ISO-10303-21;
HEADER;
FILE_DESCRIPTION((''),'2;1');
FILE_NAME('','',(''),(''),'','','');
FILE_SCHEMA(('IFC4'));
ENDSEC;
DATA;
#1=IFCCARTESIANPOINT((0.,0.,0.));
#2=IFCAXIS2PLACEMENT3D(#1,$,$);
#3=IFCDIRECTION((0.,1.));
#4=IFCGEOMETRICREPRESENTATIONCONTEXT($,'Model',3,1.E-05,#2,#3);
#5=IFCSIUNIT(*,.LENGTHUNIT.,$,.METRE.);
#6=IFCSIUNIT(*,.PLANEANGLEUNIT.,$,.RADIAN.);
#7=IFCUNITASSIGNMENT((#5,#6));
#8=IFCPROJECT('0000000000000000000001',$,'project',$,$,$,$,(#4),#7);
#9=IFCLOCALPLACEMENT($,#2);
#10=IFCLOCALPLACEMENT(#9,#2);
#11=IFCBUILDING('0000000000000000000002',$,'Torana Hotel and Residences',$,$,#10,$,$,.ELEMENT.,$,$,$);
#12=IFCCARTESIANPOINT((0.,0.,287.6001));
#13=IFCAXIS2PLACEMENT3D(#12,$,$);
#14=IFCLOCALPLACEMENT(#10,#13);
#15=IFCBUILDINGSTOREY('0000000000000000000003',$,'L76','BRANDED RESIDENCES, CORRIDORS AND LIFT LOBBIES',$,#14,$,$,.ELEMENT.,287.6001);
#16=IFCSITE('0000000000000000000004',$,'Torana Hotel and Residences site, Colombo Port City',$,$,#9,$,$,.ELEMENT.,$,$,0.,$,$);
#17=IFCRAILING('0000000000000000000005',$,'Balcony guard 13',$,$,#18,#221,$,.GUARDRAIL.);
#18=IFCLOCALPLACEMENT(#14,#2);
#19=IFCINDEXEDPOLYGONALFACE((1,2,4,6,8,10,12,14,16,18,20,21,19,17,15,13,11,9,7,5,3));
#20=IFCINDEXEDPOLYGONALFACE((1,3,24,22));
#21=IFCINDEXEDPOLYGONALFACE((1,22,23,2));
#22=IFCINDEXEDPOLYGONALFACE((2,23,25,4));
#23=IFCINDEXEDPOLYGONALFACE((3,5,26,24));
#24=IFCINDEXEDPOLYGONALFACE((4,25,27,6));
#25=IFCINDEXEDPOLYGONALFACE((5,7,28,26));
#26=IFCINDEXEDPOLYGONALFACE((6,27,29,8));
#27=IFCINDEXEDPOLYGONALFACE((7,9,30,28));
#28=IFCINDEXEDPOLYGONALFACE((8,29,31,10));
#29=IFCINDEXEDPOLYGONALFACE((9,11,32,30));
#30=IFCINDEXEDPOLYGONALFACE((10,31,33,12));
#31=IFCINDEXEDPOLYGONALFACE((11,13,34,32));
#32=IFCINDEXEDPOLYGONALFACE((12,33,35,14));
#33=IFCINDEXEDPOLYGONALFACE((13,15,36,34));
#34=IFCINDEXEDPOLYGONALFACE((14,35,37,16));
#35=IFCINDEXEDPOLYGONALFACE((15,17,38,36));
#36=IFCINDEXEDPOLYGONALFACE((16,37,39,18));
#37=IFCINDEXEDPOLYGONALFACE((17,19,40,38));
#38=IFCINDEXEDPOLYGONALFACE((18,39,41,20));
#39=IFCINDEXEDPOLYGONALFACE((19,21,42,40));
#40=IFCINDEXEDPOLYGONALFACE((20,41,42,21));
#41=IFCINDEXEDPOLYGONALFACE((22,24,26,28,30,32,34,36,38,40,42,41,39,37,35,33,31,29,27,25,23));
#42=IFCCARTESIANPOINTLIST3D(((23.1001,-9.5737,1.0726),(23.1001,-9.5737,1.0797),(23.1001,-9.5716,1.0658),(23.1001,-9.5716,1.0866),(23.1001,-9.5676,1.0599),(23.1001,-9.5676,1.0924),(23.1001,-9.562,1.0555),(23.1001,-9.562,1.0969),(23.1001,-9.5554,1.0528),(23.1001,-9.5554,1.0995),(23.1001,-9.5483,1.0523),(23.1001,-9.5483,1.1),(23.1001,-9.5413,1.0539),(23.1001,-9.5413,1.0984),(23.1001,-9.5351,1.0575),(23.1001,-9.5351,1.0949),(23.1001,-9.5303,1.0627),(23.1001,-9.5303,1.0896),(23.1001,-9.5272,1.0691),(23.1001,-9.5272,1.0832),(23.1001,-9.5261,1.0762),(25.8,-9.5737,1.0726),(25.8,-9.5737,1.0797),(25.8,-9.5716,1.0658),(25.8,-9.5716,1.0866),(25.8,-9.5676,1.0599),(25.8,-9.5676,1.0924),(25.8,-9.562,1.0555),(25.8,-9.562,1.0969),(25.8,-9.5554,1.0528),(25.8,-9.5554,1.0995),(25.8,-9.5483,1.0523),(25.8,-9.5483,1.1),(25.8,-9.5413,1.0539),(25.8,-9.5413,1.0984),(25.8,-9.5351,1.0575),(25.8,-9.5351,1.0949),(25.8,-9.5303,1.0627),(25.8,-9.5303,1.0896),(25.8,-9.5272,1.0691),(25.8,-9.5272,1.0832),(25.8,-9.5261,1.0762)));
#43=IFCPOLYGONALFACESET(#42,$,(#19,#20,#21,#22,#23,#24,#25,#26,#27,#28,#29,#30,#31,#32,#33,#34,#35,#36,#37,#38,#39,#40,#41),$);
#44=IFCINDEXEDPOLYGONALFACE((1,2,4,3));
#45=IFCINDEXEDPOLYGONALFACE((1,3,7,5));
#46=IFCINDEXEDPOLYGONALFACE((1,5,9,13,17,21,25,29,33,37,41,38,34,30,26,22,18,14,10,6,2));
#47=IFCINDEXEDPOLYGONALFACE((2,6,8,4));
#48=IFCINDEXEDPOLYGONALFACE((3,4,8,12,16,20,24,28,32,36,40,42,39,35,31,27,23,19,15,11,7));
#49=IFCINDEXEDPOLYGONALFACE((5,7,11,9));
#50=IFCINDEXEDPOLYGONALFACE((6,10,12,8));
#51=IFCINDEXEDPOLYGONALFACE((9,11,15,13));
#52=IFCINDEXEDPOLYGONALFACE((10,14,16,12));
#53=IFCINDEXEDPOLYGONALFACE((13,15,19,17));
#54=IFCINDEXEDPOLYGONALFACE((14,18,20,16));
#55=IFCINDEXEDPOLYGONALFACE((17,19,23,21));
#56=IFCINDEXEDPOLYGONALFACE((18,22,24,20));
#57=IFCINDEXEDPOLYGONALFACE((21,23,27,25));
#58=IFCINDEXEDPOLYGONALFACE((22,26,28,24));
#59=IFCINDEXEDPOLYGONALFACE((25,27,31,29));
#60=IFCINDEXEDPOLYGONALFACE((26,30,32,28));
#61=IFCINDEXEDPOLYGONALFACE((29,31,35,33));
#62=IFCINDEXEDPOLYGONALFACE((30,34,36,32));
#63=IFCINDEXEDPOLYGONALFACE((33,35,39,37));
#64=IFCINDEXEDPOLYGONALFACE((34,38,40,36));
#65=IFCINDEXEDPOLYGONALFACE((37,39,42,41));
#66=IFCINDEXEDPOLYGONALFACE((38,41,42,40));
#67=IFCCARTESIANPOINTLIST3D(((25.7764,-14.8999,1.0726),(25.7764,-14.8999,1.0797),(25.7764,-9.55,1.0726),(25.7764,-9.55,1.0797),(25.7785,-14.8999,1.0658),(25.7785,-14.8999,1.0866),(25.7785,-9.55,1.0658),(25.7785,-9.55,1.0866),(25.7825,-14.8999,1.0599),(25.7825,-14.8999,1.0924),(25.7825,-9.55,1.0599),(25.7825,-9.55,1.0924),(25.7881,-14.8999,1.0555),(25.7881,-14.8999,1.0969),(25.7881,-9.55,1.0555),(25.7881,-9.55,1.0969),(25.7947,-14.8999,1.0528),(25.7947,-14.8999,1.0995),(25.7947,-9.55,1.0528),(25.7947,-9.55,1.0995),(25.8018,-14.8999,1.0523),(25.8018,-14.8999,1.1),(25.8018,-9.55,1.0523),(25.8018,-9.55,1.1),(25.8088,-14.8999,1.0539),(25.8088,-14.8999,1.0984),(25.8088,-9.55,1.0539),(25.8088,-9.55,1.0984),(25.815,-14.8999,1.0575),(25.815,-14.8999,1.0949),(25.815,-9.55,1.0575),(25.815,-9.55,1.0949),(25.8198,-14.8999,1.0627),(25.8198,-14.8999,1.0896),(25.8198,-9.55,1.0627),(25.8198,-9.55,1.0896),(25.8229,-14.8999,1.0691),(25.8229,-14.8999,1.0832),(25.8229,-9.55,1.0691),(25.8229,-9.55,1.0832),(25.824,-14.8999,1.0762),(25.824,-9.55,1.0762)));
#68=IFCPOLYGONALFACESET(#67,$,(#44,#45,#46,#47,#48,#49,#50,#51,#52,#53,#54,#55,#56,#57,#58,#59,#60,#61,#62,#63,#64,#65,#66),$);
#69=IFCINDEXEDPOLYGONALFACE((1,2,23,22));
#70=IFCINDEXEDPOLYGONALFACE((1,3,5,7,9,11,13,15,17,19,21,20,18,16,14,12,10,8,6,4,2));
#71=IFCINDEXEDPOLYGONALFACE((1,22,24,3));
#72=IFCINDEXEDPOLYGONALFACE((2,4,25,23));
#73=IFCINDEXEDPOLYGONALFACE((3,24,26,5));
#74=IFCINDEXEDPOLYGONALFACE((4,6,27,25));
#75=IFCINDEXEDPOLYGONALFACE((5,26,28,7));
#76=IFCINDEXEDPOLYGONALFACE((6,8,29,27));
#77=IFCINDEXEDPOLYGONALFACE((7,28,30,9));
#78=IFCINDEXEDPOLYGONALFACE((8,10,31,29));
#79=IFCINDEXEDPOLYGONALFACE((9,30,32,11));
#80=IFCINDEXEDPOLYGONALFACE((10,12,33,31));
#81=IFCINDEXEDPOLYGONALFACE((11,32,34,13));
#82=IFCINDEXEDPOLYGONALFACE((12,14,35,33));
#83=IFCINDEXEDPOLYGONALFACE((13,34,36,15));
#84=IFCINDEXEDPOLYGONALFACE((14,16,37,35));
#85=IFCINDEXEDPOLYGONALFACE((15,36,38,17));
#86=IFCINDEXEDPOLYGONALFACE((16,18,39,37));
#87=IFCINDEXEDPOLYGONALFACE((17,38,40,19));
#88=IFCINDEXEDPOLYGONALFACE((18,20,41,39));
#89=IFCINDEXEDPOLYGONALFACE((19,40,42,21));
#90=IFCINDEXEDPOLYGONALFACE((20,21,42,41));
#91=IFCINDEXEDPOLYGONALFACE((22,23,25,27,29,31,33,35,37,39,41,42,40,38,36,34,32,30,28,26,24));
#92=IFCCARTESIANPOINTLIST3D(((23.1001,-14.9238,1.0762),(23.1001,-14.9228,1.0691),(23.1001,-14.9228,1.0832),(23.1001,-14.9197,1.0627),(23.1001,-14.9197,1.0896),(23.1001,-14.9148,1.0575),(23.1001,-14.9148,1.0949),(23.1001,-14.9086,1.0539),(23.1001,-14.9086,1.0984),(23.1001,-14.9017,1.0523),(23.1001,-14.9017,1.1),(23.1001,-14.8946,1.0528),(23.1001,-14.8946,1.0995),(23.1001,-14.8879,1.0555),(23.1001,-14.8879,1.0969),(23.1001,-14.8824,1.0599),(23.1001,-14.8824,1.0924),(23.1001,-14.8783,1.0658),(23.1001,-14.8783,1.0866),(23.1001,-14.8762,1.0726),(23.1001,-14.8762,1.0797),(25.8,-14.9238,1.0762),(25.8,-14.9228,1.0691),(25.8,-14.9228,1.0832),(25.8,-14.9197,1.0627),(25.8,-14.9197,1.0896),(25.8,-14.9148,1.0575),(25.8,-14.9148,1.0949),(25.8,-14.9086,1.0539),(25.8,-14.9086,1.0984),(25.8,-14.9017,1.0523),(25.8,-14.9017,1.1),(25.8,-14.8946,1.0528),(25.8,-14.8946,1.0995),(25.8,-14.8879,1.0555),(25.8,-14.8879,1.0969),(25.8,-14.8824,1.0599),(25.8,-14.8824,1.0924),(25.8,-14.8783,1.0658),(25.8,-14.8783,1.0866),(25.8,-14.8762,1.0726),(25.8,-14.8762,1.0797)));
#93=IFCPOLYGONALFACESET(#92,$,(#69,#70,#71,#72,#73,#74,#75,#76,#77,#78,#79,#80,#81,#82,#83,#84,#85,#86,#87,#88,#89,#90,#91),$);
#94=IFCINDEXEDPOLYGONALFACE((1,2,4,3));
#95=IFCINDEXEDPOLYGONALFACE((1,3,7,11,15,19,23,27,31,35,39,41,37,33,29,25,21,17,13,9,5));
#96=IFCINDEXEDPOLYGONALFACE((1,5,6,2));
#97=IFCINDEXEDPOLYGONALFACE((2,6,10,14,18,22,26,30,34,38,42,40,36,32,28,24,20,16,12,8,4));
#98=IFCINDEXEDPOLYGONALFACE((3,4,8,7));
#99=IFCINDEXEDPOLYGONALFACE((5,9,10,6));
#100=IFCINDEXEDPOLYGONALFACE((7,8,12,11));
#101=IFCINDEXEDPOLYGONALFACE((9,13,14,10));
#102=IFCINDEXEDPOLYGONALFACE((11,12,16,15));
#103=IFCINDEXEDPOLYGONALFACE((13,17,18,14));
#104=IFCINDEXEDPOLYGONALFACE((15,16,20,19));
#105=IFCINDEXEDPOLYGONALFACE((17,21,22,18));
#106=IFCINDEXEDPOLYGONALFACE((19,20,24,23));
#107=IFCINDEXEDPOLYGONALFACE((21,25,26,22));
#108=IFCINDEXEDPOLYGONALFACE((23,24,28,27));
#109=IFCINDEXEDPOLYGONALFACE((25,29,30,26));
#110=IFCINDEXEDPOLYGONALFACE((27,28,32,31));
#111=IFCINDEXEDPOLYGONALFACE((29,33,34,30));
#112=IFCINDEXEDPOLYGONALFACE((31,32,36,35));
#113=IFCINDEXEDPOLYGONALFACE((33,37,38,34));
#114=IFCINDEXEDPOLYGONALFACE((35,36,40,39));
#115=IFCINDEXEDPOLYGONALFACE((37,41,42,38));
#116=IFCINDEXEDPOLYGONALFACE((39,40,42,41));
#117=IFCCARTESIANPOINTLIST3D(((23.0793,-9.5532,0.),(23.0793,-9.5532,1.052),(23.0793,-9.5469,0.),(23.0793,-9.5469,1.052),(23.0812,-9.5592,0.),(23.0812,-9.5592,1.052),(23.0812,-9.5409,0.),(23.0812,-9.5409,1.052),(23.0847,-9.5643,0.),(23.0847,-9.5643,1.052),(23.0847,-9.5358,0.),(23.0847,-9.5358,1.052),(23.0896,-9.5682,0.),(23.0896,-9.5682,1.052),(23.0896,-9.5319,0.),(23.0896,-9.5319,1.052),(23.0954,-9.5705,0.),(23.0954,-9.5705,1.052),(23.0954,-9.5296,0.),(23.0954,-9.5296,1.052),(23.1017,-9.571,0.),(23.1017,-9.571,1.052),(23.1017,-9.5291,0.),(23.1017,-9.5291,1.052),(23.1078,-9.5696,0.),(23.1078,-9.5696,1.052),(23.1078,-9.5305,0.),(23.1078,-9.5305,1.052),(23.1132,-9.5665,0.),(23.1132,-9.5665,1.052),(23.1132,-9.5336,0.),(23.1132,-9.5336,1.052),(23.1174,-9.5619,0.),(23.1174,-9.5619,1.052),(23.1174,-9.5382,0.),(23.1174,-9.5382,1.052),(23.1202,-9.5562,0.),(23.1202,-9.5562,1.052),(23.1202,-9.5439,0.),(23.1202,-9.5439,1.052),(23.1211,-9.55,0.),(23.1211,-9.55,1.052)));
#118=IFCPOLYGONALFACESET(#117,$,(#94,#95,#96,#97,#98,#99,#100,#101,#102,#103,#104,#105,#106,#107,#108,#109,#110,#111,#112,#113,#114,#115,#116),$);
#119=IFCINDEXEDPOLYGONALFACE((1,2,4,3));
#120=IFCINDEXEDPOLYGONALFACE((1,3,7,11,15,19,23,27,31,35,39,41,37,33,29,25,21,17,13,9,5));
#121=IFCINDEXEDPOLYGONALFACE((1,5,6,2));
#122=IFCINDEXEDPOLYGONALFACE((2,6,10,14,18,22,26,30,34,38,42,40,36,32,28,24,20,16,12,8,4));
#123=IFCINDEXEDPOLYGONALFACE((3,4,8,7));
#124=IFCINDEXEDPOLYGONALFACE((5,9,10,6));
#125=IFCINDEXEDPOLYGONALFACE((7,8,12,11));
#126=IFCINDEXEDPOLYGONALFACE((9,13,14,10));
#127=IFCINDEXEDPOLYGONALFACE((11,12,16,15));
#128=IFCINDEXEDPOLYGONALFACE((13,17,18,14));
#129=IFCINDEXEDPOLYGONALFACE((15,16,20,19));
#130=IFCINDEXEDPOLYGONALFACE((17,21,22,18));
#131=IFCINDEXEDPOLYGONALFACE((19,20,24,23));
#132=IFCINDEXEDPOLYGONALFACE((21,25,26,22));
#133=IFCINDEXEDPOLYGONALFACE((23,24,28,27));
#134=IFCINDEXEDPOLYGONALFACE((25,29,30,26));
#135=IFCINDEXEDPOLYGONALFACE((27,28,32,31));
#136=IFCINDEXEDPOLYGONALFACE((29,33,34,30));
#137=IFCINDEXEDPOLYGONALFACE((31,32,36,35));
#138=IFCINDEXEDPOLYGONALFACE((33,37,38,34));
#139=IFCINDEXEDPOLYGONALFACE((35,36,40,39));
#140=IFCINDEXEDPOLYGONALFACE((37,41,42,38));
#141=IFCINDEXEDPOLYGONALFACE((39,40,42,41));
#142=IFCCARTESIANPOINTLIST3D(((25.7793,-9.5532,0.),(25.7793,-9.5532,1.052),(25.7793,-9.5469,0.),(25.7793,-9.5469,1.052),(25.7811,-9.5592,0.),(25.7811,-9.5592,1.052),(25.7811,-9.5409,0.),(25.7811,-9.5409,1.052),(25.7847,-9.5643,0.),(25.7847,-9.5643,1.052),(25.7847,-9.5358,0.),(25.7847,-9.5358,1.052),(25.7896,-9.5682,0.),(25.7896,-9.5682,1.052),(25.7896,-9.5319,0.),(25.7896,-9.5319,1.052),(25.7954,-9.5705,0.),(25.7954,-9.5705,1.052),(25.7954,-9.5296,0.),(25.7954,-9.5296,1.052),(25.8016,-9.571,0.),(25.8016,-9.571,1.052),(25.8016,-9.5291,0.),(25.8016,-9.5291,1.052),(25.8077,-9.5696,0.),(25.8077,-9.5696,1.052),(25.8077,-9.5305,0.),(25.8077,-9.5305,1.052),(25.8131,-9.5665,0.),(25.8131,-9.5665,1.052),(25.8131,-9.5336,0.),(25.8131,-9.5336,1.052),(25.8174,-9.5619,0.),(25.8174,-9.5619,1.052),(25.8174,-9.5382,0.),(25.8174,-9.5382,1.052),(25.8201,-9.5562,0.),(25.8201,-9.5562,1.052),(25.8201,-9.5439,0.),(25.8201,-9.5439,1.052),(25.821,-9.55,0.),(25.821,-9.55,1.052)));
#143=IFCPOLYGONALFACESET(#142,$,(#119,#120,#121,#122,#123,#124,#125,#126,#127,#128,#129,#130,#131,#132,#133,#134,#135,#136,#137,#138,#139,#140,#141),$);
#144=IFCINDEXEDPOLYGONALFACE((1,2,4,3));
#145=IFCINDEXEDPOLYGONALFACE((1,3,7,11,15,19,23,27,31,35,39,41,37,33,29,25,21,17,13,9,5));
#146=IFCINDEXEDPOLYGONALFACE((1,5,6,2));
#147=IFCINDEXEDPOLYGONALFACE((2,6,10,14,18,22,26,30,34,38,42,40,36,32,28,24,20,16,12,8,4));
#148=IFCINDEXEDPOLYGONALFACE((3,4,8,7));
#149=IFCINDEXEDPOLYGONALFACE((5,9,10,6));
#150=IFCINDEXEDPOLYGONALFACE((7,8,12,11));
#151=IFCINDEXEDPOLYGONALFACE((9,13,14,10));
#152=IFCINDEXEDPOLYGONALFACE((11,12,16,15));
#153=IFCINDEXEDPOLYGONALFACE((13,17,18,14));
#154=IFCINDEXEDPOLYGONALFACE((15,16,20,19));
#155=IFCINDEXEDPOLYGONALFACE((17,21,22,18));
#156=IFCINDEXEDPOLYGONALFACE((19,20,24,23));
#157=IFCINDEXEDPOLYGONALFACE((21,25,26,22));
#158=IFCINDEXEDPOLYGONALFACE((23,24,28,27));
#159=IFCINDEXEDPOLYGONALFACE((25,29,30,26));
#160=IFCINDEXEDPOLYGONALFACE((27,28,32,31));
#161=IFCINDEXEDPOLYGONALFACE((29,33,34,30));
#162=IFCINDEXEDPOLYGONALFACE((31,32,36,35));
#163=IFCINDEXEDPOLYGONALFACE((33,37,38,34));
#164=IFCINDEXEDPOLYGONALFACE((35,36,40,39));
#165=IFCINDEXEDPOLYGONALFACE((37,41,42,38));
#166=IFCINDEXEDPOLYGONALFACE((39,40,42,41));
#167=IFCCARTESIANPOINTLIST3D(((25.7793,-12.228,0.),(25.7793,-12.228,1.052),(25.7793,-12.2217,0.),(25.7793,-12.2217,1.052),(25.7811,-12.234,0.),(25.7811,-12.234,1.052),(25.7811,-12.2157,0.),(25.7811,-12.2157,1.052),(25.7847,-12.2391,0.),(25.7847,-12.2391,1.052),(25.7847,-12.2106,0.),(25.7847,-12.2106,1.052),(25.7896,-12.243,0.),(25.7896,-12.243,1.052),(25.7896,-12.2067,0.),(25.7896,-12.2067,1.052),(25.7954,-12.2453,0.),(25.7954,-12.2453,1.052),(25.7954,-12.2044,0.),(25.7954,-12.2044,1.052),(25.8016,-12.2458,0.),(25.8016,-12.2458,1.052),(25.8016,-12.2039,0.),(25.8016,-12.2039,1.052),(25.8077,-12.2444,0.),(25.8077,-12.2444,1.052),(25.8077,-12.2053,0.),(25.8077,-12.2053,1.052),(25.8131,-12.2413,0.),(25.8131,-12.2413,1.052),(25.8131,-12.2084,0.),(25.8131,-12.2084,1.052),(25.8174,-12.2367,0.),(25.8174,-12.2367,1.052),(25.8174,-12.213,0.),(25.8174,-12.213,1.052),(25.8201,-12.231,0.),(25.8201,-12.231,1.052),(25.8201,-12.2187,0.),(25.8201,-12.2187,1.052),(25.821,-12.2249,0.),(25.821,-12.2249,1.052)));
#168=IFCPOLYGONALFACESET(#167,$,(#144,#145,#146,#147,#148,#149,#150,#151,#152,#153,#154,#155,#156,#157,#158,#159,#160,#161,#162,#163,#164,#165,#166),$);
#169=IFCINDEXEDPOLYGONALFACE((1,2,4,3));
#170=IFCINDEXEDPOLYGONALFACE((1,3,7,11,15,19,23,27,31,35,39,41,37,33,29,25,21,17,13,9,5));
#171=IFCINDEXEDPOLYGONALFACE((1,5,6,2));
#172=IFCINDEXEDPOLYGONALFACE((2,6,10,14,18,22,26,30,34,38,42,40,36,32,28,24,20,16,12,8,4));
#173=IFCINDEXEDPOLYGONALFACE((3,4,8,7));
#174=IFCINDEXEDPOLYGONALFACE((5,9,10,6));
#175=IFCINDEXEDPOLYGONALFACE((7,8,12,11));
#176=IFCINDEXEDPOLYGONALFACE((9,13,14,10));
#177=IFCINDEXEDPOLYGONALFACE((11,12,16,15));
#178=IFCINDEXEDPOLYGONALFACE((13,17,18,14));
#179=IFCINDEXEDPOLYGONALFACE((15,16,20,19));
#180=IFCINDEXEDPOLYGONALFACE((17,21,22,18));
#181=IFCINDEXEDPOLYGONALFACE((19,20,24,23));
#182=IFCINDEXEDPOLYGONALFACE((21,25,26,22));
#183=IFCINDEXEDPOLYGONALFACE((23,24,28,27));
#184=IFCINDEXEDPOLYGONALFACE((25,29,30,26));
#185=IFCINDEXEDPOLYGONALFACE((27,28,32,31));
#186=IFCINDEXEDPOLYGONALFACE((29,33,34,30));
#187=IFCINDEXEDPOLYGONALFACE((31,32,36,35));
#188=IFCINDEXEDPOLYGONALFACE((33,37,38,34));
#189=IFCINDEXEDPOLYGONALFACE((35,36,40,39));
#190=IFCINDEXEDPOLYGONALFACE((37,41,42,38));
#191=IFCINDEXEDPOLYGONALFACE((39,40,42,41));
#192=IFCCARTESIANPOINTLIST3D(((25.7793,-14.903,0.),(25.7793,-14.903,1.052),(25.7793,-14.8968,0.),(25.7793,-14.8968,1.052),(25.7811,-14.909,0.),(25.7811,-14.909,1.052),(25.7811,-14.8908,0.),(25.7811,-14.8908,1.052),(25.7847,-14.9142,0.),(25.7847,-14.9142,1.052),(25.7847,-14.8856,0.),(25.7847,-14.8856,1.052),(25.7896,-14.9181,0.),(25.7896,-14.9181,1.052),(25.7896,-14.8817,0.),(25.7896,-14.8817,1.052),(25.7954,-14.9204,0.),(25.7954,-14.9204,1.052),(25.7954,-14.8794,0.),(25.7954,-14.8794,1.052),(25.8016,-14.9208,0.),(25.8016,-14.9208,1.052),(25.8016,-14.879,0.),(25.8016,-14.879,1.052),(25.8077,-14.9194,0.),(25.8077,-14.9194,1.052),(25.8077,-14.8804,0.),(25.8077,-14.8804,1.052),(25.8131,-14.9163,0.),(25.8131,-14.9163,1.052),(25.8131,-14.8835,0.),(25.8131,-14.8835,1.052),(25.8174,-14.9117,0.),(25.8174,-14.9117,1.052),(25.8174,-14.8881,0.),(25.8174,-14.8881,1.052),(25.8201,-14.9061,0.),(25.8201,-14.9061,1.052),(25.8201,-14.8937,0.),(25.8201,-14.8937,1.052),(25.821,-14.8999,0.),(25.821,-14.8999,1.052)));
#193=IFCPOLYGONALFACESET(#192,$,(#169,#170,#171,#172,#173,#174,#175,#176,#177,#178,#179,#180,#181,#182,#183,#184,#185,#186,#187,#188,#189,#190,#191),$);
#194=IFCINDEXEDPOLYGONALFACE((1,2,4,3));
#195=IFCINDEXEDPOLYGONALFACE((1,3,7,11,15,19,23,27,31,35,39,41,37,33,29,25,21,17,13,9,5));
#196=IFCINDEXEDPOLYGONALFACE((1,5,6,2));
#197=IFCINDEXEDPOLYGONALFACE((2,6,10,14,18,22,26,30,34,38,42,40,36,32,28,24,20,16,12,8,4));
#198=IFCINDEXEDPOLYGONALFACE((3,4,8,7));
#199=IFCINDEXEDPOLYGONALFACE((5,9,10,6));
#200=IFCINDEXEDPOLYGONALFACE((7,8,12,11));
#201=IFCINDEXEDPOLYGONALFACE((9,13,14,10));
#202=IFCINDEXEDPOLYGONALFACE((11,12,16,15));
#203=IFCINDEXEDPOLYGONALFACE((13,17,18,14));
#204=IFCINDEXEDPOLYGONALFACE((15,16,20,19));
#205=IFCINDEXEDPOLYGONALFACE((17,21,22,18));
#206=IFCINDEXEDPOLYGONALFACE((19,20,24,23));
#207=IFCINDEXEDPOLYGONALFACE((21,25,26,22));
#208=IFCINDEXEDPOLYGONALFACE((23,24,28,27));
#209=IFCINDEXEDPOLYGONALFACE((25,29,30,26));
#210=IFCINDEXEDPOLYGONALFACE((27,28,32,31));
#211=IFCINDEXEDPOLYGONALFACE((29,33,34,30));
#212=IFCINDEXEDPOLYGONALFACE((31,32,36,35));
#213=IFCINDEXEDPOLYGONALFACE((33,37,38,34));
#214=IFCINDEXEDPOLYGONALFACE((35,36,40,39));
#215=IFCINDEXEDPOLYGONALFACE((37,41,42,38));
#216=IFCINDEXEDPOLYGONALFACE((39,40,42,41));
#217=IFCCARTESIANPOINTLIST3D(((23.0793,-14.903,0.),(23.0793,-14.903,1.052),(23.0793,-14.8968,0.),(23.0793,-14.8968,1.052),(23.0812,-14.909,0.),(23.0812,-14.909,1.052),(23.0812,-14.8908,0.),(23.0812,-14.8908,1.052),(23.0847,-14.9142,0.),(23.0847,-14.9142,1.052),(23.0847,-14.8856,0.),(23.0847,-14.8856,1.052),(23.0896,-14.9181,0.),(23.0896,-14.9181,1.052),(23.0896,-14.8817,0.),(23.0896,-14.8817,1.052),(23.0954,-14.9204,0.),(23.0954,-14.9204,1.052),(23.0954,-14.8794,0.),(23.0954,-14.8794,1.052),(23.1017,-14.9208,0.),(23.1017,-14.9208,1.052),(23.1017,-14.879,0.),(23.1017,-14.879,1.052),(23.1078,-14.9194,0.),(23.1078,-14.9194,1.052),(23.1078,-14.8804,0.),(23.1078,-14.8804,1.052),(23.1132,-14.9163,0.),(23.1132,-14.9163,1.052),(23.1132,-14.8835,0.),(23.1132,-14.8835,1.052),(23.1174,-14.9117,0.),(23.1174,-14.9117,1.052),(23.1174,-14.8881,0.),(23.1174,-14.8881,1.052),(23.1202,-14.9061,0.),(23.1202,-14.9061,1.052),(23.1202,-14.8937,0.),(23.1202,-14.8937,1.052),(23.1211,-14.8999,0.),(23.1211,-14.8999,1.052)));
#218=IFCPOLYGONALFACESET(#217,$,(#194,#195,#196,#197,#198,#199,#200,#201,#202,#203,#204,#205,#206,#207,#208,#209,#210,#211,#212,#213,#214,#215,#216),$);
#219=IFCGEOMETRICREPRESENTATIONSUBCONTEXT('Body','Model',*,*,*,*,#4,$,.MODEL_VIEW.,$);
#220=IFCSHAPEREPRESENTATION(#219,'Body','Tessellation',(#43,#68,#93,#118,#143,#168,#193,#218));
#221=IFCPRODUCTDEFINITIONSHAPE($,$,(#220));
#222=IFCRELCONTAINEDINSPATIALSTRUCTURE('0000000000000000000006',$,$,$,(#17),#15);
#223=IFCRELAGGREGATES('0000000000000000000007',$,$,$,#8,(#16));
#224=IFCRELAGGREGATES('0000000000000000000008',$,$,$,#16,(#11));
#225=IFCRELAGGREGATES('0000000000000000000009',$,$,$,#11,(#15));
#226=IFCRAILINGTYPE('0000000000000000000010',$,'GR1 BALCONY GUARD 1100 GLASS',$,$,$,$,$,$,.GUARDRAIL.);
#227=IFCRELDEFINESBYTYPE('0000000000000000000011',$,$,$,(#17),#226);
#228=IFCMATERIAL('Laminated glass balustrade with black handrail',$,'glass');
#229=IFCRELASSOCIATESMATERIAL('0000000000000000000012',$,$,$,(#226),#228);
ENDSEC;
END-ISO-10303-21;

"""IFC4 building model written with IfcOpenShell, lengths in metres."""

from ifc_helpers import new_model, si_unit, direction, frame, origin, origin_2d, place, context, subcontext, project, spatial, circle, extrude, material, type_object, element, save


model = new_model("IFC4")

# Units and contexts
model_context = context("Model", 3, precision=1e-05, world=origin(), true_north=direction((0.0, 1.0)))
body_context = subcontext(model_context, "Body", "Model", "MODEL_VIEW")
ifc_project = project(units=[si_unit("LENGTHUNIT", "METRE"), si_unit("PLANEANGLEUNIT", "RADIAN")], contexts=[model_context])

# Site, building, storey
site_placement = place(None, origin())
site = spatial("IfcSite", under=ifc_project, at=site_placement, Name="Torana Hotel and Residences site, Colombo Port City", CompositionType="ELEMENT", RefElevation=0.0)
building_placement = place(site_placement, origin())
building = spatial("IfcBuilding", under=site, at=building_placement, Name="Torana Hotel and Residences", CompositionType="ELEMENT")
storey_placement = place(building_placement, frame((0.0, 0.0, 287.6001)))
storey = spatial("IfcBuildingStorey", under=building, at=storey_placement, Name="L76", Description="BRANDED RESIDENCES, CORRIDORS AND LIFT LOBBIES", CompositionType="ELEMENT", Elevation=287.6001)

# Railing
ifc_material_1 = material(Name="Laminated glass balustrade with black handrail", Category="glass")
railing_type = type_object("IfcRailingType", Name="GR1 BALCONY GUARD 1100 GLASS", PredefinedType="GUARDRAIL", material=ifc_material_1)
railing_1_placement = place(storey_placement, frame((23.1001, -9.55, 0.0)))
element("IfcRailing", 1, at=railing_1_placement, inside=storey, type_object=railing_type, Name="Balcony guard 13", PredefinedType="GUARDRAIL", context=body_context, shape_type="SweptSolid", body=[
    extrude(circle(Radius=0.0239, at=origin_2d()), frame((0.0, 0.0, 1.0762), z_axis=(1.0, 0.0, 0.0), x_axis=(0.0, 1.0, 0.0)), (0.0, 0.0, 1.0), 2.7),
    extrude(circle(Radius=0.0239, at=origin_2d()), frame((2.7, 0.0, 1.0762), z_axis=(0.0, -1.0, 0.0), x_axis=(1.0, 0.0, 0.0)), (0.0, 0.0, 1.0), 5.3499),
    extrude(circle(Radius=0.0239, at=origin_2d()), frame((2.7, -5.3499, 1.0762), z_axis=(-1.0, 0.0, 0.0), x_axis=(0.0, -1.0, 0.0)), (0.0, 0.0, 1.0), 2.7),
    extrude(circle(Radius=0.021, at=origin_2d()), origin(), (0.0, 0.0, 1.0), 1.052),
    extrude(circle(Radius=0.021, at=origin_2d()), frame((2.7, 0.0, 0.0)), (0.0, 0.0, 1.0), 1.052),
    extrude(circle(Radius=0.021, at=origin_2d()), frame((2.7, -2.6748, 0.0)), (0.0, 0.0, 1.0), 1.052),
    extrude(circle(Radius=0.021, at=origin_2d()), frame((2.7, -5.3499, 0.0)), (0.0, 0.0, 1.0), 1.052),
    extrude(circle(Radius=0.021, at=origin_2d()), frame((0.0, -5.3499, 0.0)), (0.0, 0.0, 1.0), 1.052),
])

save(model, "model.ifc")
